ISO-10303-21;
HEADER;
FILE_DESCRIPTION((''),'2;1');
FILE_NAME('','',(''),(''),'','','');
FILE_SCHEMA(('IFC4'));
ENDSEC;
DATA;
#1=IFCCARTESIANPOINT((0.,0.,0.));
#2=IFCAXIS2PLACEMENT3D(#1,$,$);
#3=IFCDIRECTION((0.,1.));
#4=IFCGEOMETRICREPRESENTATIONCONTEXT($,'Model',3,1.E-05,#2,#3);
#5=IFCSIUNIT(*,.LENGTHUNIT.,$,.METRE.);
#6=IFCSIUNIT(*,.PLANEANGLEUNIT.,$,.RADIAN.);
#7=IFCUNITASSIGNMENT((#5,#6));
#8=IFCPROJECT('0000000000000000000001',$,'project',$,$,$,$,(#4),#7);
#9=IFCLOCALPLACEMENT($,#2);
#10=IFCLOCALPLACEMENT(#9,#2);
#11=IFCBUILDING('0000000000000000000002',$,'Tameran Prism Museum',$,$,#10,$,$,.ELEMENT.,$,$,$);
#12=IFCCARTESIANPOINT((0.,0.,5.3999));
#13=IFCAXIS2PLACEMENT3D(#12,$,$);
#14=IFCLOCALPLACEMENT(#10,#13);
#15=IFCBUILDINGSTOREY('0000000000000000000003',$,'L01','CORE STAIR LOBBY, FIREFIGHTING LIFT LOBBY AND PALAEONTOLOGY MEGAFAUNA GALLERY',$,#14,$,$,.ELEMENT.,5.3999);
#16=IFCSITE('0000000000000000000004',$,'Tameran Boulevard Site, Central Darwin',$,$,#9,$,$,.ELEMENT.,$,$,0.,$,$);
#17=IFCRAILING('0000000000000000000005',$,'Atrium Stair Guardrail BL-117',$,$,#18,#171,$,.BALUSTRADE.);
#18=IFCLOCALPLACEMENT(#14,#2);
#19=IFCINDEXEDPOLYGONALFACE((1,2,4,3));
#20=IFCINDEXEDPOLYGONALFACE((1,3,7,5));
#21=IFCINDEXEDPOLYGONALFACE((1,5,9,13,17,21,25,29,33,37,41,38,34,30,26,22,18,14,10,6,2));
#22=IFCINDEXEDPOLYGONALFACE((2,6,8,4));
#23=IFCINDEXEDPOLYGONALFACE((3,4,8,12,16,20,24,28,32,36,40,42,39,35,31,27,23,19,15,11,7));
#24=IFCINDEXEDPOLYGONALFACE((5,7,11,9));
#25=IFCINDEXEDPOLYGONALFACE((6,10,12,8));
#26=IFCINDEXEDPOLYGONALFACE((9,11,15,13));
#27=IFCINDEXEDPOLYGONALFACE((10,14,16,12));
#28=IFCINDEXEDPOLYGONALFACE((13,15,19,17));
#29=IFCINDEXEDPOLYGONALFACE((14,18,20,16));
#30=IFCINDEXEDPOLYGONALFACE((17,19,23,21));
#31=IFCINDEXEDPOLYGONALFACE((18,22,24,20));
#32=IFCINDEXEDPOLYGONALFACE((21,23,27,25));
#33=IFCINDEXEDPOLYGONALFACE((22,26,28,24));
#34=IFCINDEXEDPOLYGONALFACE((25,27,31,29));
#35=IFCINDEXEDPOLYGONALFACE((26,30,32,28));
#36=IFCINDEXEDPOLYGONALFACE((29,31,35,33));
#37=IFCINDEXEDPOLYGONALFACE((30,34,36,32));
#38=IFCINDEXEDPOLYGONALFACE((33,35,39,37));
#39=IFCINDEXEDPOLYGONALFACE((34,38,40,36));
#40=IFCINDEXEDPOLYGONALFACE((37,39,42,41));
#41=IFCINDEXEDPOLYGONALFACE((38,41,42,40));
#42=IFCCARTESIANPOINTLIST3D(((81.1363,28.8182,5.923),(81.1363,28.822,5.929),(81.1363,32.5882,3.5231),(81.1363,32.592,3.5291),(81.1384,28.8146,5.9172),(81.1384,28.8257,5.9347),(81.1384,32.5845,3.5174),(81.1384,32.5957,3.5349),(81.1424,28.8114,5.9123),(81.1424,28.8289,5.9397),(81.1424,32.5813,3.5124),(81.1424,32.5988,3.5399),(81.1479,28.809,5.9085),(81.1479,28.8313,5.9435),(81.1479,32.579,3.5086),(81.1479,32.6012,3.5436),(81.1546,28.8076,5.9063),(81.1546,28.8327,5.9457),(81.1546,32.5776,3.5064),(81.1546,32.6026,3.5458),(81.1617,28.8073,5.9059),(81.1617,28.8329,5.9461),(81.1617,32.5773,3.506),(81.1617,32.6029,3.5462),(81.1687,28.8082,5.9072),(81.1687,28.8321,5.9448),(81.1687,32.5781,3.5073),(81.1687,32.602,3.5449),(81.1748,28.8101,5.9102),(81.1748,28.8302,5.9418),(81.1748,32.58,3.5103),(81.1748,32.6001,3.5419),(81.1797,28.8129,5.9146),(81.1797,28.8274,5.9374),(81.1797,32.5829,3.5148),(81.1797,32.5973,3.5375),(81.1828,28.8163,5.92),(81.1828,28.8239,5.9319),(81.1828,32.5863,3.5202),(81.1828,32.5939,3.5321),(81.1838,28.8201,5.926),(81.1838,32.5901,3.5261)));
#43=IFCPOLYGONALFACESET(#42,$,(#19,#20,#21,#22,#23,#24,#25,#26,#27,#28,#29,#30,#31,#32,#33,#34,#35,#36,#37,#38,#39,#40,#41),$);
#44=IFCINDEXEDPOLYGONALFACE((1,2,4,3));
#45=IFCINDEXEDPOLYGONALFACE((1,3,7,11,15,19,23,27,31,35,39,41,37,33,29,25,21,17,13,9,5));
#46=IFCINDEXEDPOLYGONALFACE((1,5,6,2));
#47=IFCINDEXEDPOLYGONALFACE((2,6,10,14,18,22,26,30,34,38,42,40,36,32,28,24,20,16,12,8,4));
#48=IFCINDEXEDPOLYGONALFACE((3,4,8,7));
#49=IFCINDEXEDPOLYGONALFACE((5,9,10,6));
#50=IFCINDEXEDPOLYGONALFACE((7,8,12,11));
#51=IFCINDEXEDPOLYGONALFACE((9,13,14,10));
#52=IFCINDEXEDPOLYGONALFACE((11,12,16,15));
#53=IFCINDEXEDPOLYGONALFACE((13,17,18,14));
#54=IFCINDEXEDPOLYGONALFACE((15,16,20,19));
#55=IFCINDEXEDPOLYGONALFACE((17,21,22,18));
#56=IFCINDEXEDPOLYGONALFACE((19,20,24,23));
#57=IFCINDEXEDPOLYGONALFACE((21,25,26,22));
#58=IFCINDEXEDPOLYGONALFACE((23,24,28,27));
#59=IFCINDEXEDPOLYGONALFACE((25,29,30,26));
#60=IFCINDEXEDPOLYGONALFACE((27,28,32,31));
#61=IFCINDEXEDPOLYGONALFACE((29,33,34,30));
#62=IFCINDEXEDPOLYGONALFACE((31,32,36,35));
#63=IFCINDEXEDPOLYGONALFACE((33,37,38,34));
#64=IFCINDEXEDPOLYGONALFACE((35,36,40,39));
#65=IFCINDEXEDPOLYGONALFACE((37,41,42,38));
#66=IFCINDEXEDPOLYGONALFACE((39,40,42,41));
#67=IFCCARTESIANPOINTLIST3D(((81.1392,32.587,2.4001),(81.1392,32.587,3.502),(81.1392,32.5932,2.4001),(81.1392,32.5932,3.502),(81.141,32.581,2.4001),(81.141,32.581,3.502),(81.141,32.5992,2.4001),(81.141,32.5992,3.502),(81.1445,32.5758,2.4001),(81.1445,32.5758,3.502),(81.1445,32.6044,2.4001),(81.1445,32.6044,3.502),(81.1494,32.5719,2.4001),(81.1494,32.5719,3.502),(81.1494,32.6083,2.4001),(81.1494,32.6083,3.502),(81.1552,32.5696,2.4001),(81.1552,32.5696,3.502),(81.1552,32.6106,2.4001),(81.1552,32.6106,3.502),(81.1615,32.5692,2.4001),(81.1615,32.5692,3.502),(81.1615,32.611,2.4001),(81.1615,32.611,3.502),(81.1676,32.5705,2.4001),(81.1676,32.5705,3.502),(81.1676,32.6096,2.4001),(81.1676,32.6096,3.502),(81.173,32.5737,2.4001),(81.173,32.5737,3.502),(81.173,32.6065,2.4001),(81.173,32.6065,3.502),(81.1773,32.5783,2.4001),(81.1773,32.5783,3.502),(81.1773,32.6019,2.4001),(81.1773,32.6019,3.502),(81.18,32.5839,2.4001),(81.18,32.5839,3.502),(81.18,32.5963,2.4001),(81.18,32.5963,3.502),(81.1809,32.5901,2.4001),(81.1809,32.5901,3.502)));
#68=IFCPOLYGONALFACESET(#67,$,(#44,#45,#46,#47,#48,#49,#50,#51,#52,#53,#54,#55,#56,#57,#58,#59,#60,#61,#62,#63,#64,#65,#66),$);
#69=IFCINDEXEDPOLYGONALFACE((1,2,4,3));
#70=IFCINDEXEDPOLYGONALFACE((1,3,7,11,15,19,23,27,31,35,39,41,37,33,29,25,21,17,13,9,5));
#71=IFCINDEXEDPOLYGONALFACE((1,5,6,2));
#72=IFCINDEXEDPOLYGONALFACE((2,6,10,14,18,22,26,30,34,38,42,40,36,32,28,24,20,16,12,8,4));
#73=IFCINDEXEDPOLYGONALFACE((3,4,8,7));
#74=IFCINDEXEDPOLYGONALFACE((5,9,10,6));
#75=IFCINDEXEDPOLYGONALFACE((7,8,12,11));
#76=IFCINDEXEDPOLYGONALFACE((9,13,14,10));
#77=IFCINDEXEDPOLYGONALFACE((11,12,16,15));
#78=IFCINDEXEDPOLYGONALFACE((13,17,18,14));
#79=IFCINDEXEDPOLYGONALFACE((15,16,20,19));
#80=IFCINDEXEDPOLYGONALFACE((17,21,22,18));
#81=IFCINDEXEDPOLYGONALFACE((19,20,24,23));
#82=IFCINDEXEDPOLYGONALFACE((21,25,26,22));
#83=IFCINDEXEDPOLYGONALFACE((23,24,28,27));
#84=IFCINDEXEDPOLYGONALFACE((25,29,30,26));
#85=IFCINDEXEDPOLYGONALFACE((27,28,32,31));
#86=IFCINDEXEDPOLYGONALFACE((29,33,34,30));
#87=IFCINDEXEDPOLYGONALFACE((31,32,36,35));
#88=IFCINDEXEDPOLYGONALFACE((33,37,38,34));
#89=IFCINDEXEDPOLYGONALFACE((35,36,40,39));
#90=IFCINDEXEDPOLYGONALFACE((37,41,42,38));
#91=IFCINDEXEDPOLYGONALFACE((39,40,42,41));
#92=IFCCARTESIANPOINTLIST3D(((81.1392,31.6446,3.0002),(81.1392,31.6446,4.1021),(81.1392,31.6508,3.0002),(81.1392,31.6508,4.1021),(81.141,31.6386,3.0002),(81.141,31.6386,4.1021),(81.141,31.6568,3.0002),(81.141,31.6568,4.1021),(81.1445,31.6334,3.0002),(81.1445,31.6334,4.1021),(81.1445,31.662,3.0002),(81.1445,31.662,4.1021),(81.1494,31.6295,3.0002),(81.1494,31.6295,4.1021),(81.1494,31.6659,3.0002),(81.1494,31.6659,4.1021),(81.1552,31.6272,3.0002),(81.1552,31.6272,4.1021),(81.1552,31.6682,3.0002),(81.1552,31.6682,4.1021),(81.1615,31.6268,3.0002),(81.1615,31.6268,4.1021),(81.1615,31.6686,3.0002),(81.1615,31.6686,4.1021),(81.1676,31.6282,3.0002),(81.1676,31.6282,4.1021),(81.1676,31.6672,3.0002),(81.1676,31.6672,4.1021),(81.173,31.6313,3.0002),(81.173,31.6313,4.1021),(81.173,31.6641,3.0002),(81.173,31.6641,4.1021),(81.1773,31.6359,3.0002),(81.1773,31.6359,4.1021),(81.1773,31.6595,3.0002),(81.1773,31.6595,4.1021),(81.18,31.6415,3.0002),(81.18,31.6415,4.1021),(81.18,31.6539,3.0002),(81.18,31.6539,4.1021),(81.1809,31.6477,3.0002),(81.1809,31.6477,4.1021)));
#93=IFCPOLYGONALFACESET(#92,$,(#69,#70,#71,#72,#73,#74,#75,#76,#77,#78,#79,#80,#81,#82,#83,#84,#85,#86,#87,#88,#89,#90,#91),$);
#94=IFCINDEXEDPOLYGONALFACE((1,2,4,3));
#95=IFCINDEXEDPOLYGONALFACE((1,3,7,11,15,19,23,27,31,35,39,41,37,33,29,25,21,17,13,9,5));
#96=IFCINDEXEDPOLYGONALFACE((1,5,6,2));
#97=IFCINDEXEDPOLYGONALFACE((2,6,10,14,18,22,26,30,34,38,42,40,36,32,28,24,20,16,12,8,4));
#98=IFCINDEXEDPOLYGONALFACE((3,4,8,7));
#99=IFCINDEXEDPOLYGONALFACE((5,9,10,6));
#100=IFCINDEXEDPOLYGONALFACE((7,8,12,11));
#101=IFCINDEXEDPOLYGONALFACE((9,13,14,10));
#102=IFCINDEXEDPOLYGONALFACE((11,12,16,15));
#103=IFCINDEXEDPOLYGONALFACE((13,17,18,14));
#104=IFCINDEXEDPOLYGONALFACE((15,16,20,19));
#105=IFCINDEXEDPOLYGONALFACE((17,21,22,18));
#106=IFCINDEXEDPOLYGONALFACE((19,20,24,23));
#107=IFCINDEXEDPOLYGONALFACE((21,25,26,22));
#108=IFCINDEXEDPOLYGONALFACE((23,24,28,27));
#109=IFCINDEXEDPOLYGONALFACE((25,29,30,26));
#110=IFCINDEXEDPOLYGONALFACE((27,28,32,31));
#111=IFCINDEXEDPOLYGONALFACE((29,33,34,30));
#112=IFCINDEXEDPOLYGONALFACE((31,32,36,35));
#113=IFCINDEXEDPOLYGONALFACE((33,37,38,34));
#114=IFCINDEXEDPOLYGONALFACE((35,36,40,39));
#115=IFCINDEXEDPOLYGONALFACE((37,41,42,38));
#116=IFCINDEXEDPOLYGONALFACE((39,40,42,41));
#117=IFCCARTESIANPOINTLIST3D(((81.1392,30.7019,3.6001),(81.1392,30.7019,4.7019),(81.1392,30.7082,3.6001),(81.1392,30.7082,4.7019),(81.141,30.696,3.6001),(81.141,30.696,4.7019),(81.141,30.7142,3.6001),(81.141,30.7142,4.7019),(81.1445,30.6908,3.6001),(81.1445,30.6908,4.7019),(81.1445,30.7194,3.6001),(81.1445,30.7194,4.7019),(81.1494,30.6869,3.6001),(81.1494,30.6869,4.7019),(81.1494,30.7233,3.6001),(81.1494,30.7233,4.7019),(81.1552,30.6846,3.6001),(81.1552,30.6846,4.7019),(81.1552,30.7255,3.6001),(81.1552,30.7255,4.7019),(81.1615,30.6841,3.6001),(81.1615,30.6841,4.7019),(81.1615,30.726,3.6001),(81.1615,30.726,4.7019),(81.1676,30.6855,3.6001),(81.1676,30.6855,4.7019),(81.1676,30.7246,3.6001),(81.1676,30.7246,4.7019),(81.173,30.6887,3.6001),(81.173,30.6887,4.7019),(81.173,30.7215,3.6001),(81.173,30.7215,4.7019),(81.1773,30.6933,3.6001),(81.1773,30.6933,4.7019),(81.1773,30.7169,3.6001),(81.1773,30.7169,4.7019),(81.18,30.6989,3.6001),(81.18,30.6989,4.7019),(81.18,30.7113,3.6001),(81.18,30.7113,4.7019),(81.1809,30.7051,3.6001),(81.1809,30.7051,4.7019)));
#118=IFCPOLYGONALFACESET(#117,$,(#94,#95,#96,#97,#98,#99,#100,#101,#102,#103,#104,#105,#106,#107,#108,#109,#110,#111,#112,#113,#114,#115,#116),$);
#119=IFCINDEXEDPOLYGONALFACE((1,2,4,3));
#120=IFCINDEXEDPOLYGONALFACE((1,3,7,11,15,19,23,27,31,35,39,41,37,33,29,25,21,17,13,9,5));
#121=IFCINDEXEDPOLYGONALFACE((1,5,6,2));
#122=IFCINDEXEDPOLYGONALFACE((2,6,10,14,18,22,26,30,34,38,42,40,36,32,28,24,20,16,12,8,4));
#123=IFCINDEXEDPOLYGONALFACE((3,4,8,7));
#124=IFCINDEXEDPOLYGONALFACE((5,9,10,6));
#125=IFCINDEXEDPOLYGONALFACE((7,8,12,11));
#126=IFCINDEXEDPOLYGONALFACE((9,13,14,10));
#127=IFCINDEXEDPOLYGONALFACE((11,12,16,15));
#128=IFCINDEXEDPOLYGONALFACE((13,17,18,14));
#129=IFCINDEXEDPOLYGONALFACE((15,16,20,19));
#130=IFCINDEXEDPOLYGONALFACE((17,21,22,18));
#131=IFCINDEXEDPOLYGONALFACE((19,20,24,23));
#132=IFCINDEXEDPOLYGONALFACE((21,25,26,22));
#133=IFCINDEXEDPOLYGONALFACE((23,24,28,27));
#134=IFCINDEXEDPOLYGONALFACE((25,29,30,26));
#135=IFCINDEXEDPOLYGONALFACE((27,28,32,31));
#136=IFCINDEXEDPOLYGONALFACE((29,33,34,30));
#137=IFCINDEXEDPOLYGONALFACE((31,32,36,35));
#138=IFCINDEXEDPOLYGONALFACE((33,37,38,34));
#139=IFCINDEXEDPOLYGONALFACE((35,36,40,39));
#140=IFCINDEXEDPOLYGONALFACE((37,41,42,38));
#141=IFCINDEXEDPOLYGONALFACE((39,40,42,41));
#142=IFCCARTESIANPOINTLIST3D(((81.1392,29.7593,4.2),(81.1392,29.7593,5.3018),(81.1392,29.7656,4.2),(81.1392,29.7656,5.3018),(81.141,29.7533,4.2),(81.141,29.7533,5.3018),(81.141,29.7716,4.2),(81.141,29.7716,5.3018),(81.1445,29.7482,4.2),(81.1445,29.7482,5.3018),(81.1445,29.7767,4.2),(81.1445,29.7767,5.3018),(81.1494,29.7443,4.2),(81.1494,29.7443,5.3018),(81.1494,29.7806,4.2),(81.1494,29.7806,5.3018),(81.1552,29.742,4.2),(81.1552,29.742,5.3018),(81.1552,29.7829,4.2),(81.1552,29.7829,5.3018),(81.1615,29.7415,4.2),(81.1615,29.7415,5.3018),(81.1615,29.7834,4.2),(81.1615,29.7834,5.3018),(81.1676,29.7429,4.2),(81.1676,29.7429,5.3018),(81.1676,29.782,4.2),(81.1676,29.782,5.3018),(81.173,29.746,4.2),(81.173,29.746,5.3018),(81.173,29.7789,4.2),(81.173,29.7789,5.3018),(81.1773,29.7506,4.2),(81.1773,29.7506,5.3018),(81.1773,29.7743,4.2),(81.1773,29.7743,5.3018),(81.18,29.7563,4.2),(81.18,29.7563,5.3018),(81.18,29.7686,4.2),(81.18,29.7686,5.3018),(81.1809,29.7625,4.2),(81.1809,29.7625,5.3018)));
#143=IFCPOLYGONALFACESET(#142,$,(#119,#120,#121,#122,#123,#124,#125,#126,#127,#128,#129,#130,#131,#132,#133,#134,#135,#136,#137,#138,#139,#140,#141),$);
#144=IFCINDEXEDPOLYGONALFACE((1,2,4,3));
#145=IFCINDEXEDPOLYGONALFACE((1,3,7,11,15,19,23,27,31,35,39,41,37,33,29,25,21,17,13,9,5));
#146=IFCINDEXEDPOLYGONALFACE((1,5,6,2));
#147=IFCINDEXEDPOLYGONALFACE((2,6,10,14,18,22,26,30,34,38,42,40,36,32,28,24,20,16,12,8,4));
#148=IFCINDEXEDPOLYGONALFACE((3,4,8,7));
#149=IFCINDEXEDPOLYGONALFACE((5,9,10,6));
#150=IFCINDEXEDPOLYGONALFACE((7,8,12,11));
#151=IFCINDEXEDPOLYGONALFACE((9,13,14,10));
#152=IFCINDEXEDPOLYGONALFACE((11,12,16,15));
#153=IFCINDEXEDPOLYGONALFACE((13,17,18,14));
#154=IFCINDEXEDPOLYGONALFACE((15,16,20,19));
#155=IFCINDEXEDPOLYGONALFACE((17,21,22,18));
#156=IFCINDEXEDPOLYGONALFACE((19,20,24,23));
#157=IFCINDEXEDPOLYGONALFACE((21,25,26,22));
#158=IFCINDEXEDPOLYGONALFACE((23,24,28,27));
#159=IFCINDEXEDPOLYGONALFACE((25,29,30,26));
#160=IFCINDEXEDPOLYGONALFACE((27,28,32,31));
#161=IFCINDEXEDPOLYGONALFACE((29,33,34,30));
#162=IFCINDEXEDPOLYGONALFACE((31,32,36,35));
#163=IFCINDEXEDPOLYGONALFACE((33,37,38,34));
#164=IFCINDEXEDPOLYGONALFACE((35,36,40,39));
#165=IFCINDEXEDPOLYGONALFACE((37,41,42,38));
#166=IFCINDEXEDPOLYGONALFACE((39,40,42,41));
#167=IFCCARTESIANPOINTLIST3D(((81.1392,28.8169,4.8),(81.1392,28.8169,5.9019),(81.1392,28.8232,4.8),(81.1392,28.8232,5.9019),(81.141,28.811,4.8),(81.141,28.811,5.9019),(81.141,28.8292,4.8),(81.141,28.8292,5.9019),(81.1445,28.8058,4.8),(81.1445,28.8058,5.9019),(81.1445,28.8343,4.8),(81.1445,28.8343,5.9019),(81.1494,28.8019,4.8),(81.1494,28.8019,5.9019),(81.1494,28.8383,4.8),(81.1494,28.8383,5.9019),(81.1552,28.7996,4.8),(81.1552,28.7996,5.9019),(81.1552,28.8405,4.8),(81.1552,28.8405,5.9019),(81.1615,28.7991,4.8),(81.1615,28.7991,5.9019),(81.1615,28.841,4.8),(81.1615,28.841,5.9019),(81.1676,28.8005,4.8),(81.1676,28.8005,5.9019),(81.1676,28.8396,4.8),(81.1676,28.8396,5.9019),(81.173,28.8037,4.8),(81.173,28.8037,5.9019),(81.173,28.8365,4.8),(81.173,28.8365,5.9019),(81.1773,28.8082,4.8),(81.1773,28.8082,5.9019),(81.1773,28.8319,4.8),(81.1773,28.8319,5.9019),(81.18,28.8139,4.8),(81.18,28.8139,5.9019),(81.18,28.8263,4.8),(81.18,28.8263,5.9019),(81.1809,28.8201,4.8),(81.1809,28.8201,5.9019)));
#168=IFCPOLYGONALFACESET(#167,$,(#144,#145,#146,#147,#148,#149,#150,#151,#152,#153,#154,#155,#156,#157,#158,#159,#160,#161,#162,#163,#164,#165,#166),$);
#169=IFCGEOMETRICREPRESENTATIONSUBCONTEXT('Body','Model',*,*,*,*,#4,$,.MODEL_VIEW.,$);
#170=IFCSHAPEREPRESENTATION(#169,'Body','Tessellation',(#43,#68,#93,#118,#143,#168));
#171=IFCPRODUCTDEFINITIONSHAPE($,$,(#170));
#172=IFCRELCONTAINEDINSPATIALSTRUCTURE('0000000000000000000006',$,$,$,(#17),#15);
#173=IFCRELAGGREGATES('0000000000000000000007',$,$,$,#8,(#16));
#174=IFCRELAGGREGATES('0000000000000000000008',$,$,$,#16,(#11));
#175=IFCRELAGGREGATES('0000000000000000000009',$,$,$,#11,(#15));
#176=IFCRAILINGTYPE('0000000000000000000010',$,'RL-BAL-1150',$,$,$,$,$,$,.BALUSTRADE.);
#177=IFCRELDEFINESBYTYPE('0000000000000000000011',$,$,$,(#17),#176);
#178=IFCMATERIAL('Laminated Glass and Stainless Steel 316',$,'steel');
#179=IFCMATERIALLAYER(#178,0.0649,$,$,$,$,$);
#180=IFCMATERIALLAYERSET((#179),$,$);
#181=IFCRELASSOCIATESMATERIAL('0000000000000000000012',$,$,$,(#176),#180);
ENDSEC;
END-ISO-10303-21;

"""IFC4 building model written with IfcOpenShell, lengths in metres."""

from ifc_helpers import new_model, si_unit, direction, frame, origin, origin_2d, place, context, subcontext, project, spatial, circle, extrude, material, layer, layer_set, type_object, element, save


model = new_model("IFC4")

# Units and contexts
model_context = context("Model", 3, precision=1e-05, world=origin(), true_north=direction((0.0, 1.0)))
body_context = subcontext(model_context, "Body", "Model", "MODEL_VIEW")
ifc_project = project(units=[si_unit("LENGTHUNIT", "METRE"), si_unit("PLANEANGLEUNIT", "RADIAN")], contexts=[model_context])

# Site, building, storey
site_placement = place(None, origin())
site = spatial("IfcSite", under=ifc_project, at=site_placement, Name="Tameran Boulevard Site, Central Darwin", CompositionType="ELEMENT", RefElevation=0.0)
building_placement = place(site_placement, origin())
building = spatial("IfcBuilding", under=site, at=building_placement, Name="Tameran Prism Museum", CompositionType="ELEMENT")
storey_placement = place(building_placement, frame((0.0, 0.0, 5.3999)))
storey = spatial("IfcBuildingStorey", under=building, at=storey_placement, Name="L01", Description="CORE STAIR LOBBY, FIREFIGHTING LIFT LOBBY AND PALAEONTOLOGY MEGAFAUNA GALLERY", CompositionType="ELEMENT", Elevation=5.3999)

# Railing
ifc_material_1 = material(Name="Laminated Glass and Stainless Steel 316", Category="steel")
ifc_layer_1 = layer(ifc_material_1, 0.0649)
ifc_layer_set_1 = layer_set([ifc_layer_1])
railing_type = type_object("IfcRailingType", Name="RL-BAL-1150", PredefinedType="BALUSTRADE", material=ifc_layer_set_1)
railing_1_placement = place(storey_placement, frame((81.1599, 32.5901, 2.4001)))
element("IfcRailing", 1, at=railing_1_placement, inside=storey, type_object=railing_type, Name="Atrium Stair Guardrail BL-117", PredefinedType="BALUSTRADE", context=body_context, shape_type="SweptSolid", body=[
    extrude(circle(Radius=0.0239, at=origin_2d()), frame((0.0, 0.0, 1.126), z_axis=(0.0, -0.84358, 0.537003), x_axis=(1.0, 0.0, 0.0)), (0.0, 0.0, 1.0), 4.469),
    extrude(circle(Radius=0.021, at=origin_2d()), origin(), (0.0, 0.0, 1.0), 1.1018),
    extrude(circle(Radius=0.021, at=origin_2d()), frame((0.0, -0.9424, 0.6001)), (0.0, 0.0, 1.0), 1.1018),
    extrude(circle(Radius=0.021, at=origin_2d()), frame((0.0, -1.885, 1.2)), (0.0, 0.0, 1.0), 1.1018),
    extrude(circle(Radius=0.021, at=origin_2d()), frame((0.0, -2.8276, 1.7998)), (0.0, 0.0, 1.0), 1.1018),
    extrude(circle(Radius=0.021, at=origin_2d()), frame((0.0, -3.77, 2.3999)), (0.0, 0.0, 1.0), 1.1018),
])

save(model, "model.ifc")
